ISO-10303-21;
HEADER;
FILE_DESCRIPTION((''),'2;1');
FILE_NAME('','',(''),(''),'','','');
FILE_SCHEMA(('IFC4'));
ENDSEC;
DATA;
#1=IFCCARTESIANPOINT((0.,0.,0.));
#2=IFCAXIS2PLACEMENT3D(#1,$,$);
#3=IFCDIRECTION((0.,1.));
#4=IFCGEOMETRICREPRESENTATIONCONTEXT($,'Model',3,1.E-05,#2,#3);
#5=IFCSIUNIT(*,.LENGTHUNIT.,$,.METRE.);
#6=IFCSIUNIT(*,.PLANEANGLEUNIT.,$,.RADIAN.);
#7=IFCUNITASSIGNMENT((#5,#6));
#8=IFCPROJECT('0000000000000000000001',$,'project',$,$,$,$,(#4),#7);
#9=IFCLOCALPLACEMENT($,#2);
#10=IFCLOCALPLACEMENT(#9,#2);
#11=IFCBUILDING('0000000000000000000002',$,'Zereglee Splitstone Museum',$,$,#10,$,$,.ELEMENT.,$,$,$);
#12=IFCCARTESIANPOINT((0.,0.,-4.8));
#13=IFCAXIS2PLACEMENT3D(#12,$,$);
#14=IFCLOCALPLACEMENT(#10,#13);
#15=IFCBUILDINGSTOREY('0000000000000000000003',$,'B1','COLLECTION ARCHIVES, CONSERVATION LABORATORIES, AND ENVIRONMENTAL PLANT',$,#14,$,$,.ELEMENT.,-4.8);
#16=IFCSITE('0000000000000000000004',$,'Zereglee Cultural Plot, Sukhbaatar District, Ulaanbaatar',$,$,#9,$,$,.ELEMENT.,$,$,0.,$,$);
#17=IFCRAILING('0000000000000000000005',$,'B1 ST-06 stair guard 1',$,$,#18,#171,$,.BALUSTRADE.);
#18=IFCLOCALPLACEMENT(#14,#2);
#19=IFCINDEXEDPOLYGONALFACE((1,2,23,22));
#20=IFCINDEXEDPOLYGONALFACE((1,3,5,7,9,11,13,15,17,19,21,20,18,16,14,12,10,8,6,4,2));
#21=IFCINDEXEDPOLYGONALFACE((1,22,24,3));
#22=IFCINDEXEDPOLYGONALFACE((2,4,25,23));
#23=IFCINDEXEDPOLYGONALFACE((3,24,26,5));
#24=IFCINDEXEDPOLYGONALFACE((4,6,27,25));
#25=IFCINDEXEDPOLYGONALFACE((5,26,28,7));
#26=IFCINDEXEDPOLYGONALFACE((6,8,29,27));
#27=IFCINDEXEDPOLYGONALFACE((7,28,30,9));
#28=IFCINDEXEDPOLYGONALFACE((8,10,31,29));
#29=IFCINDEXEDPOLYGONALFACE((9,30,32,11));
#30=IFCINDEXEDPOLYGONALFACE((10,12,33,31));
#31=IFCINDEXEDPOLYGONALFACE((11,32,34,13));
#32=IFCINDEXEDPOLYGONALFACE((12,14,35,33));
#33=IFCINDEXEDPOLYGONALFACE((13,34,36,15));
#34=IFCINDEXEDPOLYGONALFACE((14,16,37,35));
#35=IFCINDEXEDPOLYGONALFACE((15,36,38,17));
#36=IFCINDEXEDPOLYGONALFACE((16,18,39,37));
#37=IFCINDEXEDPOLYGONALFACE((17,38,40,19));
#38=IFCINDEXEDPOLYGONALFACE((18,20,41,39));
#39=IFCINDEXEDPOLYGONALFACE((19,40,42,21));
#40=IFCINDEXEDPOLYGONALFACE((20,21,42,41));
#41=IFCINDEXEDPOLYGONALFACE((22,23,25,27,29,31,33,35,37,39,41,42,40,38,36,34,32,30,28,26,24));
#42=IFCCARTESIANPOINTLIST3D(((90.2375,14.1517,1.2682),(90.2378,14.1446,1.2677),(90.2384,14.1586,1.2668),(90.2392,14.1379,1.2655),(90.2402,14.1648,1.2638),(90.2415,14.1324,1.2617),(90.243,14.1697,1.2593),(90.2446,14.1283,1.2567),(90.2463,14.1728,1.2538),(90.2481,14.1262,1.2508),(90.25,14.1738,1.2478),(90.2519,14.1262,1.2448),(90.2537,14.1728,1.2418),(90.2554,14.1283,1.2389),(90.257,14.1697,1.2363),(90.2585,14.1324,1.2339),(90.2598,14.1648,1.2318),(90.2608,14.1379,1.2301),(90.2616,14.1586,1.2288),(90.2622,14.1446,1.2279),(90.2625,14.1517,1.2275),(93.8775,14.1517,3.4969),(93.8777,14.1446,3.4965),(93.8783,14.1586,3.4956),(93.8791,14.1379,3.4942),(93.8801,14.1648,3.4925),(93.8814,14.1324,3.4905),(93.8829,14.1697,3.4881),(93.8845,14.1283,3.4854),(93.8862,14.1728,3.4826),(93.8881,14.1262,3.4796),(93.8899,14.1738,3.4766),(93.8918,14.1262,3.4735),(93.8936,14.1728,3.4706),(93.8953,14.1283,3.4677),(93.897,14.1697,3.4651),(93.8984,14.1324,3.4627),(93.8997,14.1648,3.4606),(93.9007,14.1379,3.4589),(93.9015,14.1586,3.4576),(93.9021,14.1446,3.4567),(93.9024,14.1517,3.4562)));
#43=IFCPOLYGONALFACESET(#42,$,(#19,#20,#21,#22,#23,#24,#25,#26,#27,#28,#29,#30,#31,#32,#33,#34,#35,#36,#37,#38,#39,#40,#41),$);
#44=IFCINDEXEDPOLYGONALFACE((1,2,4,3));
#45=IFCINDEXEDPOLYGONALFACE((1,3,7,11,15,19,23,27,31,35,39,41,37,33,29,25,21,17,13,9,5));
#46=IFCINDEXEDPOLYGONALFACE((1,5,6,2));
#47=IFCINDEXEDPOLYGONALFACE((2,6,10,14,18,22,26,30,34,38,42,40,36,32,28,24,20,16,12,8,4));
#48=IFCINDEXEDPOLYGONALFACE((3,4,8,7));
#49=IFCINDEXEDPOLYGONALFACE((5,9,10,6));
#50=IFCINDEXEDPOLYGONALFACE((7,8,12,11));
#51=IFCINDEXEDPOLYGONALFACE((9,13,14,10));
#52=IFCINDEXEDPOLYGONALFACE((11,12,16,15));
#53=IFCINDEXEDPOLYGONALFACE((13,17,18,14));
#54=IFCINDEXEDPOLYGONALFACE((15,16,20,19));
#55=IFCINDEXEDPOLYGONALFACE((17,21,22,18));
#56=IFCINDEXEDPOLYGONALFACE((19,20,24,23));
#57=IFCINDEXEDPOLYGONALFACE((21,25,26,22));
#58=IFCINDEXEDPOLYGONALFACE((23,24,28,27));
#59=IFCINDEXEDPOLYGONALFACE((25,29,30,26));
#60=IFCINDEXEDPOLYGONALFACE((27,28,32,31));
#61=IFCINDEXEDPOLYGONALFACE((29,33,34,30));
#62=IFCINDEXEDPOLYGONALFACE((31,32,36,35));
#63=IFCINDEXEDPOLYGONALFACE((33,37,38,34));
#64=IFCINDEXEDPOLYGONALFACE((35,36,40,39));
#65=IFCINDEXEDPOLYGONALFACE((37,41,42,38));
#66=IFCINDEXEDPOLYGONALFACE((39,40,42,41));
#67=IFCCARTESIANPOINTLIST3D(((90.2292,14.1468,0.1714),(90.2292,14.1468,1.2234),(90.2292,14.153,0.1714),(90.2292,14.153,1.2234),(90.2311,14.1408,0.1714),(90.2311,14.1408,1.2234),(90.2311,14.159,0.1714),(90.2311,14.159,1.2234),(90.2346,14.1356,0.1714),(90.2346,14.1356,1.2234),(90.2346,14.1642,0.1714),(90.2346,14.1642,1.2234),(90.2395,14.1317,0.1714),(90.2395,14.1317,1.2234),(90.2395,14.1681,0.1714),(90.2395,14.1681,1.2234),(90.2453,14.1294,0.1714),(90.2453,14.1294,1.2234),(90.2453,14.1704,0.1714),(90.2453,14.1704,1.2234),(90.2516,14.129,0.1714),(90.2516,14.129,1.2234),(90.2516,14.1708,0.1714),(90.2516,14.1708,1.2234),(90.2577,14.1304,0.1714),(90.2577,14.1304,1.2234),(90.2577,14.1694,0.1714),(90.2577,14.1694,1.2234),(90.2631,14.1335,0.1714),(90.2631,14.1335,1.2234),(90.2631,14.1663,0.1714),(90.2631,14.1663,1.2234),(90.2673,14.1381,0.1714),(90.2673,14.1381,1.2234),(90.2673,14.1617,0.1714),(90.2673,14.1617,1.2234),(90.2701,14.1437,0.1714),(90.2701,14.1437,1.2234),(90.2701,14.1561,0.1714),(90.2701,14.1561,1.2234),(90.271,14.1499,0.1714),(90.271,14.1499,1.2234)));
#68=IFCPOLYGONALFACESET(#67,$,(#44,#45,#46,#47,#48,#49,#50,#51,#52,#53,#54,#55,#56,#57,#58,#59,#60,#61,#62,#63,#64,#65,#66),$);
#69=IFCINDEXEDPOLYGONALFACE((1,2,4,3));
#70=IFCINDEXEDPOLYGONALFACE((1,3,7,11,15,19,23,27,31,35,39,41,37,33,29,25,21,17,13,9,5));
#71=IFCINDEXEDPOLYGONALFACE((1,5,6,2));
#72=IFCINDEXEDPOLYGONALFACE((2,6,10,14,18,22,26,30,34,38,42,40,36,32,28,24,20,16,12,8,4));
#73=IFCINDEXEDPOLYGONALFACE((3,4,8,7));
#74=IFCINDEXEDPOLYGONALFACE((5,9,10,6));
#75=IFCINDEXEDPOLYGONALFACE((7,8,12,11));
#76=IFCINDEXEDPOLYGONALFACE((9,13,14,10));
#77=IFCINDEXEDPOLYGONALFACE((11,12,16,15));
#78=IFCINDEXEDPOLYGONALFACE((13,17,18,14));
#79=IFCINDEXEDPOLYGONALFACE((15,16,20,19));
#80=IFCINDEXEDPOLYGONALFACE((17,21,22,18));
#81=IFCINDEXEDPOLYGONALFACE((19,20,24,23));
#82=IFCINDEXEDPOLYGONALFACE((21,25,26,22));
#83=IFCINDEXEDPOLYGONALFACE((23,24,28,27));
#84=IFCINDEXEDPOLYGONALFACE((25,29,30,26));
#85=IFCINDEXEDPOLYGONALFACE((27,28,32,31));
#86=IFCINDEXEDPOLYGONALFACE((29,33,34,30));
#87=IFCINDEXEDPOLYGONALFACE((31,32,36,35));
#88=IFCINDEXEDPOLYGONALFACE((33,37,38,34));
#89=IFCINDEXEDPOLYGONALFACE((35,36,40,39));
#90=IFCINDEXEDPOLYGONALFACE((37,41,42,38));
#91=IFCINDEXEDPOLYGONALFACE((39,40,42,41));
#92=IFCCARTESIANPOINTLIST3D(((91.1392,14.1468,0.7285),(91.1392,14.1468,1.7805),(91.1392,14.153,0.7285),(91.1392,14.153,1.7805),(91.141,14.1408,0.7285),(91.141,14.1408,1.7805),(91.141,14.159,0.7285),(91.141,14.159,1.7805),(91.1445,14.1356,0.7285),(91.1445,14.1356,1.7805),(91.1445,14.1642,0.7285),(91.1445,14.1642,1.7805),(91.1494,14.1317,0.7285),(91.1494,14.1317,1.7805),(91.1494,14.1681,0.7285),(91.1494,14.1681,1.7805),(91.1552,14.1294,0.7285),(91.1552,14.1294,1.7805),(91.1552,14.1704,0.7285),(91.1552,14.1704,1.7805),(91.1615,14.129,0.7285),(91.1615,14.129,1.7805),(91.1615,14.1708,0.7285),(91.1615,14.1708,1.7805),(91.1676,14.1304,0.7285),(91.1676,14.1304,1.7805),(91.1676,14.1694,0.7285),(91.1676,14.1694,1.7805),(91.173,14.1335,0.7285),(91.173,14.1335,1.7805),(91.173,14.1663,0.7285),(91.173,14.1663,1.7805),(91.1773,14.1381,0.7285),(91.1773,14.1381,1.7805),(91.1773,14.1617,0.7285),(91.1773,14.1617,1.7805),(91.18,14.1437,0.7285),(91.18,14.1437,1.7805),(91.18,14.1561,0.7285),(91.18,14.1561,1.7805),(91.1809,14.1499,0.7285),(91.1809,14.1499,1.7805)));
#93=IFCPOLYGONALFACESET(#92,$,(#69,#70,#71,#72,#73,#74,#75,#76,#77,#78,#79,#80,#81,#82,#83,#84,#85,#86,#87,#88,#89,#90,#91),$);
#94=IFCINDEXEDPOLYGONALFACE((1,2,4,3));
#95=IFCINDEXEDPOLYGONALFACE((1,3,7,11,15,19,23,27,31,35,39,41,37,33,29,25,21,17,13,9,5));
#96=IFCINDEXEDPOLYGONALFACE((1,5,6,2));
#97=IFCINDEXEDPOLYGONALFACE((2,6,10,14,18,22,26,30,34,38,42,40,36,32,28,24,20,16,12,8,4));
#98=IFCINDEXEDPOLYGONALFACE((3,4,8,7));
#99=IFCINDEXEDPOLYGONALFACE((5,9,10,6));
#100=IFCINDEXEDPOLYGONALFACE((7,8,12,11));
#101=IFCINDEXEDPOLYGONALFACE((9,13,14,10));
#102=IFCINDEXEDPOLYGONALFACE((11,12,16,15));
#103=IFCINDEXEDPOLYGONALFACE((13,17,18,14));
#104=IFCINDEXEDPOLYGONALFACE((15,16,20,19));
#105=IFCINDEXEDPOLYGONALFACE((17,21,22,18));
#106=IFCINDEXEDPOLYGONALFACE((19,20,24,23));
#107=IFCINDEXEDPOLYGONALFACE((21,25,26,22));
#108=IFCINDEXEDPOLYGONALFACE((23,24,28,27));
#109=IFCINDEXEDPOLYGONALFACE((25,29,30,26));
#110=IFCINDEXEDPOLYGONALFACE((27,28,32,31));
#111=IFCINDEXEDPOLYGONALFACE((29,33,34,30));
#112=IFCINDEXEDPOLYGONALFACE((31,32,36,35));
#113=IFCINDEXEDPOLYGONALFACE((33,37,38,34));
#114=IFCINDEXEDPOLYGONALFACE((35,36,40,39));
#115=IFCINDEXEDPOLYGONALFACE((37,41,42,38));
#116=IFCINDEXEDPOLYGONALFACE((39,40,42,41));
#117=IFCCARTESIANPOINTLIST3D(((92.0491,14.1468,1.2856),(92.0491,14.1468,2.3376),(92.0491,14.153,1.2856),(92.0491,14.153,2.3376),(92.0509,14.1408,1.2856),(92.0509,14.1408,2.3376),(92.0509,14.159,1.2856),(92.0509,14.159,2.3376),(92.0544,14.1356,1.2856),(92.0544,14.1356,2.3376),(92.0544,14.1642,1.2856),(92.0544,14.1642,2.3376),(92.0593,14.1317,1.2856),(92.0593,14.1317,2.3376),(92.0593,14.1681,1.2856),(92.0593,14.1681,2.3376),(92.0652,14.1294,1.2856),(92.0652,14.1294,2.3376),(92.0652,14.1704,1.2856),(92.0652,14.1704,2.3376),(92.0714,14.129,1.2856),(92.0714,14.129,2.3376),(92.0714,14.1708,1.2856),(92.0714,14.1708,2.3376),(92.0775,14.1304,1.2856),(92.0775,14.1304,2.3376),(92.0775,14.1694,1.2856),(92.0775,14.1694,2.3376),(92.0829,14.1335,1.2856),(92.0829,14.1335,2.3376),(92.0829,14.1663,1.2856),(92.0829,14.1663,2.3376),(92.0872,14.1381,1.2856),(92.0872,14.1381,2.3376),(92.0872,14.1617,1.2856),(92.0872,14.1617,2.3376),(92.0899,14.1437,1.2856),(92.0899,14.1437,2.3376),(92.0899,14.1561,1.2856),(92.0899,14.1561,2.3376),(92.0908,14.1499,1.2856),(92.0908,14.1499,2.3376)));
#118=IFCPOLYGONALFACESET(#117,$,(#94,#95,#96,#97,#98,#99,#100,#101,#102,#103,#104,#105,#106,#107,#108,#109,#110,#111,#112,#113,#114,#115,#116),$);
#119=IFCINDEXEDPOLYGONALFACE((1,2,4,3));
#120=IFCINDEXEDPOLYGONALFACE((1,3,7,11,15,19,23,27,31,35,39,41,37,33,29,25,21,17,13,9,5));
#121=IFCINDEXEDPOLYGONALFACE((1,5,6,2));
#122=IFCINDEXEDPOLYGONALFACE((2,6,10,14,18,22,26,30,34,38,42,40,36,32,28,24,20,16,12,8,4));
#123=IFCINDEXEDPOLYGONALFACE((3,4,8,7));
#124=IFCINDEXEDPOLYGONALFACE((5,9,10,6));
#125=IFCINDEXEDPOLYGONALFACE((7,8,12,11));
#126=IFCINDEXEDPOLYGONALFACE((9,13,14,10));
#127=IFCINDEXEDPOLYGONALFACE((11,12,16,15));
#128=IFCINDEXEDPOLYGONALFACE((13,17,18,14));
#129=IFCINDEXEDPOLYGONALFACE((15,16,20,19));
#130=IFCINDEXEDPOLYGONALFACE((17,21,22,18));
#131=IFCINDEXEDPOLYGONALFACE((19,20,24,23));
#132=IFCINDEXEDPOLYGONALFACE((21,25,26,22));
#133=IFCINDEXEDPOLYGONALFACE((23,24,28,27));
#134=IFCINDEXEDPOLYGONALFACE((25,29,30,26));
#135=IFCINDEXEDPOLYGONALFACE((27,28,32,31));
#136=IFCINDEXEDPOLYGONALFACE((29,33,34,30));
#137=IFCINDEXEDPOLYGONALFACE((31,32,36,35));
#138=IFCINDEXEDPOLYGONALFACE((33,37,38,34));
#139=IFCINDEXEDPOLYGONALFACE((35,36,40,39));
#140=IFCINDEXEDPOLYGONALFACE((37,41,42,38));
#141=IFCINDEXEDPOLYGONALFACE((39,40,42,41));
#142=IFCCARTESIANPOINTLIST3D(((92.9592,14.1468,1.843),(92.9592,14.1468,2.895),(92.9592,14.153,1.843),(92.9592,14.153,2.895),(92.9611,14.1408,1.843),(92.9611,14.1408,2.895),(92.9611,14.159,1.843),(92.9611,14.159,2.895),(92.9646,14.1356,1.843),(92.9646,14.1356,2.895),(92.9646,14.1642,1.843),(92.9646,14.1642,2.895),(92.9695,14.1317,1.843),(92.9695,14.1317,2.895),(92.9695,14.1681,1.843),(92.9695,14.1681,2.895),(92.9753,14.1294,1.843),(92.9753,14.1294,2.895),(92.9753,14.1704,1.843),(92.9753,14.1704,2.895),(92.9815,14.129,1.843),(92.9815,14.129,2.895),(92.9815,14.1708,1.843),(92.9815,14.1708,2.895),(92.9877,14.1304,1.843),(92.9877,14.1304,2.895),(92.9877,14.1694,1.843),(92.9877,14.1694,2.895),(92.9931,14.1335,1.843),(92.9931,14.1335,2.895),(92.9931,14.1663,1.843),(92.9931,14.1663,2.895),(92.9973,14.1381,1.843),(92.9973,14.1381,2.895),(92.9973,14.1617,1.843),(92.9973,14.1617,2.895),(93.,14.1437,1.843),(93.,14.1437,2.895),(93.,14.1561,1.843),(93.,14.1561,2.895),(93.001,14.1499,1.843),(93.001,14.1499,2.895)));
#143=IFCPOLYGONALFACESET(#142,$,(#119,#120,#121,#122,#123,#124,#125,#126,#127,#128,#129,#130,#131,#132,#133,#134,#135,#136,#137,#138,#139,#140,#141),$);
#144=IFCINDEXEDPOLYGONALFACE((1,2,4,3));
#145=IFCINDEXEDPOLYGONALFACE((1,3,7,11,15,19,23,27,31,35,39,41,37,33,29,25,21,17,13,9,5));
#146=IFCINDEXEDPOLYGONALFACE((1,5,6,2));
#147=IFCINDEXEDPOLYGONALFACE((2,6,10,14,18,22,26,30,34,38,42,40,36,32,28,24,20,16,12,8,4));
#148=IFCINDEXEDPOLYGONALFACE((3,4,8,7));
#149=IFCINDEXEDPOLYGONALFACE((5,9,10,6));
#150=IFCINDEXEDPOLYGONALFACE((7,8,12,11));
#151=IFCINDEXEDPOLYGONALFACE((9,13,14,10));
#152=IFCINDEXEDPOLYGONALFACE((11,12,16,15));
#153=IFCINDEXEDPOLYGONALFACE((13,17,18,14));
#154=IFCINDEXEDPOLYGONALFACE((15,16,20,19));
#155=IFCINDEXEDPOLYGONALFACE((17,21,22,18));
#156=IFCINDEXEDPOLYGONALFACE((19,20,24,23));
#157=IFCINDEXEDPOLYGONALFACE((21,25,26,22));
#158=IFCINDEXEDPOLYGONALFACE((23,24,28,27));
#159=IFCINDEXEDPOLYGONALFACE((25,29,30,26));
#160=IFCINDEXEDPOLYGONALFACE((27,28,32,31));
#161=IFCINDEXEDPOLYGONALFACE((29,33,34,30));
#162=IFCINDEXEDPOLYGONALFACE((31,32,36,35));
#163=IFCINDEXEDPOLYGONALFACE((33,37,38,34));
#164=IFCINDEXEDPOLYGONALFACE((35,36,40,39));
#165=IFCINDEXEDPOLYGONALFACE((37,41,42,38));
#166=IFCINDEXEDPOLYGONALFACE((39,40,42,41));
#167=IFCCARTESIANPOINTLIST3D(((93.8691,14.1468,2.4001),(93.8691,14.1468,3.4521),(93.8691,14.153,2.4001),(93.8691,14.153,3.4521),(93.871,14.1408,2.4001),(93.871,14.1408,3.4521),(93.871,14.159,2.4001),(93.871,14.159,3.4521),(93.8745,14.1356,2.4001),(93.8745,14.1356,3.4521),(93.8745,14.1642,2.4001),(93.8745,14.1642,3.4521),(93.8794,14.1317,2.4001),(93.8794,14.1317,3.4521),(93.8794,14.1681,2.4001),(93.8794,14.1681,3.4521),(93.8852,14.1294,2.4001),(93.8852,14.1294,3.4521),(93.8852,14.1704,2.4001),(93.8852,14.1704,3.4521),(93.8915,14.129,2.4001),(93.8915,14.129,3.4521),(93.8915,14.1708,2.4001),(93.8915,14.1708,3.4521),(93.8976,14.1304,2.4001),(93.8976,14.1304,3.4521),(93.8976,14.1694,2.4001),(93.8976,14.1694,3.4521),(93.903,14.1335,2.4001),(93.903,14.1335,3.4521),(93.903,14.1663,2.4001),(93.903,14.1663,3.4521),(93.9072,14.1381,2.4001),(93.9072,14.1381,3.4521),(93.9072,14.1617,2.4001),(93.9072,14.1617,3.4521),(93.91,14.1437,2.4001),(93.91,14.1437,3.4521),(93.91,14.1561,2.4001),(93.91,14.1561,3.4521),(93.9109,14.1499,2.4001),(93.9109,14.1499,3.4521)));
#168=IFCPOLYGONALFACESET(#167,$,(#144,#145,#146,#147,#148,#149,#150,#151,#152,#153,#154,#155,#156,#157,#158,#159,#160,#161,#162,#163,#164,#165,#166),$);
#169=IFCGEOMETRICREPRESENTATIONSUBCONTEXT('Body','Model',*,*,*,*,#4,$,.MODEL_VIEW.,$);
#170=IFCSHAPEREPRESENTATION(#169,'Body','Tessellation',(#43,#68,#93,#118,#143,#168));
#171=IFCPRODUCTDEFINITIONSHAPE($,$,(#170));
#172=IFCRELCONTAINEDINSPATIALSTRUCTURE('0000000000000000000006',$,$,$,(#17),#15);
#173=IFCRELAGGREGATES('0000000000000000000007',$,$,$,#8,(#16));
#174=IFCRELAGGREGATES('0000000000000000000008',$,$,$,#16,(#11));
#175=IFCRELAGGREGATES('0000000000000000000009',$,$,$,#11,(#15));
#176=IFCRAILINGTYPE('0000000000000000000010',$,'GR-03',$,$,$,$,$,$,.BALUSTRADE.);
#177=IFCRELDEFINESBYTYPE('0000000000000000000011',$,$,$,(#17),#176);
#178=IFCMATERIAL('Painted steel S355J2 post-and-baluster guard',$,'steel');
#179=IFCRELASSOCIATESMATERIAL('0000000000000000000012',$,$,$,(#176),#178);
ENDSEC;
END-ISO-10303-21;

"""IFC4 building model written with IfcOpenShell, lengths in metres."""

from ifc_helpers import new_model, si_unit, direction, frame, origin, origin_2d, place, context, subcontext, project, spatial, circle, extrude, material, type_object, element, save


model = new_model("IFC4")

# Units and contexts
model_context = context("Model", 3, precision=1e-05, world=origin(), true_north=direction((0.0, 1.0)))
body_context = subcontext(model_context, "Body", "Model", "MODEL_VIEW")
ifc_project = project(units=[si_unit("LENGTHUNIT", "METRE"), si_unit("PLANEANGLEUNIT", "RADIAN")], contexts=[model_context])

# Site, building, storey
site_placement = place(None, origin())
site = spatial("IfcSite", under=ifc_project, at=site_placement, Name="Zereglee Cultural Plot, Sukhbaatar District, Ulaanbaatar", CompositionType="ELEMENT", RefElevation=0.0)
building_placement = place(site_placement, origin())
building = spatial("IfcBuilding", under=site, at=building_placement, Name="Zereglee Splitstone Museum", CompositionType="ELEMENT")
storey_placement = place(building_placement, frame((0.0, 0.0, -4.8)))
storey = spatial("IfcBuildingStorey", under=building, at=storey_placement, Name="B1", Description="COLLECTION ARCHIVES, CONSERVATION LABORATORIES, AND ENVIRONMENTAL PLANT", CompositionType="ELEMENT", Elevation=-4.8)

# Railing
ifc_material_1 = material(Name="Painted steel S355J2 post-and-baluster guard", Category="steel")
railing_type_1 = type_object("IfcRailingType", Name="GR-03", PredefinedType="BALUSTRADE", material=ifc_material_1)
railing_1_placement = place(storey_placement, frame((90.25, 14.1499, 0.1714)))
element("IfcRailing", 1, at=railing_1_placement, inside=storey, type_object=railing_type_1, Name="B1 ST-06 stair guard 1", PredefinedType="BALUSTRADE", context=body_context, shape_type="SweptSolid", body=[
    extrude(circle(Radius=0.0239, at=origin_2d()), frame((0.0, 0.0, 1.0764), z_axis=(0.852825, 0.0, 0.522197), x_axis=(0.0, 1.0, 0.0)), (0.0, 0.0, 1.0), 4.2681),
    extrude(circle(Radius=0.021, at=origin_2d()), origin(), (0.0, 0.0, 1.0), 1.052),
    extrude(circle(Radius=0.021, at=origin_2d()), frame((0.9099, 0.0, 0.5571)), (0.0, 0.0, 1.0), 1.052),
    extrude(circle(Radius=0.021, at=origin_2d()), frame((1.8198, 0.0, 1.1143)), (0.0, 0.0, 1.0), 1.052),
    extrude(circle(Radius=0.021, at=origin_2d()), frame((2.73, 0.0, 1.6716)), (0.0, 0.0, 1.0), 1.052),
    extrude(circle(Radius=0.021, at=origin_2d()), frame((3.6399, 0.0, 2.2288)), (0.0, 0.0, 1.0), 1.052),
])

save(model, "model.ifc")
